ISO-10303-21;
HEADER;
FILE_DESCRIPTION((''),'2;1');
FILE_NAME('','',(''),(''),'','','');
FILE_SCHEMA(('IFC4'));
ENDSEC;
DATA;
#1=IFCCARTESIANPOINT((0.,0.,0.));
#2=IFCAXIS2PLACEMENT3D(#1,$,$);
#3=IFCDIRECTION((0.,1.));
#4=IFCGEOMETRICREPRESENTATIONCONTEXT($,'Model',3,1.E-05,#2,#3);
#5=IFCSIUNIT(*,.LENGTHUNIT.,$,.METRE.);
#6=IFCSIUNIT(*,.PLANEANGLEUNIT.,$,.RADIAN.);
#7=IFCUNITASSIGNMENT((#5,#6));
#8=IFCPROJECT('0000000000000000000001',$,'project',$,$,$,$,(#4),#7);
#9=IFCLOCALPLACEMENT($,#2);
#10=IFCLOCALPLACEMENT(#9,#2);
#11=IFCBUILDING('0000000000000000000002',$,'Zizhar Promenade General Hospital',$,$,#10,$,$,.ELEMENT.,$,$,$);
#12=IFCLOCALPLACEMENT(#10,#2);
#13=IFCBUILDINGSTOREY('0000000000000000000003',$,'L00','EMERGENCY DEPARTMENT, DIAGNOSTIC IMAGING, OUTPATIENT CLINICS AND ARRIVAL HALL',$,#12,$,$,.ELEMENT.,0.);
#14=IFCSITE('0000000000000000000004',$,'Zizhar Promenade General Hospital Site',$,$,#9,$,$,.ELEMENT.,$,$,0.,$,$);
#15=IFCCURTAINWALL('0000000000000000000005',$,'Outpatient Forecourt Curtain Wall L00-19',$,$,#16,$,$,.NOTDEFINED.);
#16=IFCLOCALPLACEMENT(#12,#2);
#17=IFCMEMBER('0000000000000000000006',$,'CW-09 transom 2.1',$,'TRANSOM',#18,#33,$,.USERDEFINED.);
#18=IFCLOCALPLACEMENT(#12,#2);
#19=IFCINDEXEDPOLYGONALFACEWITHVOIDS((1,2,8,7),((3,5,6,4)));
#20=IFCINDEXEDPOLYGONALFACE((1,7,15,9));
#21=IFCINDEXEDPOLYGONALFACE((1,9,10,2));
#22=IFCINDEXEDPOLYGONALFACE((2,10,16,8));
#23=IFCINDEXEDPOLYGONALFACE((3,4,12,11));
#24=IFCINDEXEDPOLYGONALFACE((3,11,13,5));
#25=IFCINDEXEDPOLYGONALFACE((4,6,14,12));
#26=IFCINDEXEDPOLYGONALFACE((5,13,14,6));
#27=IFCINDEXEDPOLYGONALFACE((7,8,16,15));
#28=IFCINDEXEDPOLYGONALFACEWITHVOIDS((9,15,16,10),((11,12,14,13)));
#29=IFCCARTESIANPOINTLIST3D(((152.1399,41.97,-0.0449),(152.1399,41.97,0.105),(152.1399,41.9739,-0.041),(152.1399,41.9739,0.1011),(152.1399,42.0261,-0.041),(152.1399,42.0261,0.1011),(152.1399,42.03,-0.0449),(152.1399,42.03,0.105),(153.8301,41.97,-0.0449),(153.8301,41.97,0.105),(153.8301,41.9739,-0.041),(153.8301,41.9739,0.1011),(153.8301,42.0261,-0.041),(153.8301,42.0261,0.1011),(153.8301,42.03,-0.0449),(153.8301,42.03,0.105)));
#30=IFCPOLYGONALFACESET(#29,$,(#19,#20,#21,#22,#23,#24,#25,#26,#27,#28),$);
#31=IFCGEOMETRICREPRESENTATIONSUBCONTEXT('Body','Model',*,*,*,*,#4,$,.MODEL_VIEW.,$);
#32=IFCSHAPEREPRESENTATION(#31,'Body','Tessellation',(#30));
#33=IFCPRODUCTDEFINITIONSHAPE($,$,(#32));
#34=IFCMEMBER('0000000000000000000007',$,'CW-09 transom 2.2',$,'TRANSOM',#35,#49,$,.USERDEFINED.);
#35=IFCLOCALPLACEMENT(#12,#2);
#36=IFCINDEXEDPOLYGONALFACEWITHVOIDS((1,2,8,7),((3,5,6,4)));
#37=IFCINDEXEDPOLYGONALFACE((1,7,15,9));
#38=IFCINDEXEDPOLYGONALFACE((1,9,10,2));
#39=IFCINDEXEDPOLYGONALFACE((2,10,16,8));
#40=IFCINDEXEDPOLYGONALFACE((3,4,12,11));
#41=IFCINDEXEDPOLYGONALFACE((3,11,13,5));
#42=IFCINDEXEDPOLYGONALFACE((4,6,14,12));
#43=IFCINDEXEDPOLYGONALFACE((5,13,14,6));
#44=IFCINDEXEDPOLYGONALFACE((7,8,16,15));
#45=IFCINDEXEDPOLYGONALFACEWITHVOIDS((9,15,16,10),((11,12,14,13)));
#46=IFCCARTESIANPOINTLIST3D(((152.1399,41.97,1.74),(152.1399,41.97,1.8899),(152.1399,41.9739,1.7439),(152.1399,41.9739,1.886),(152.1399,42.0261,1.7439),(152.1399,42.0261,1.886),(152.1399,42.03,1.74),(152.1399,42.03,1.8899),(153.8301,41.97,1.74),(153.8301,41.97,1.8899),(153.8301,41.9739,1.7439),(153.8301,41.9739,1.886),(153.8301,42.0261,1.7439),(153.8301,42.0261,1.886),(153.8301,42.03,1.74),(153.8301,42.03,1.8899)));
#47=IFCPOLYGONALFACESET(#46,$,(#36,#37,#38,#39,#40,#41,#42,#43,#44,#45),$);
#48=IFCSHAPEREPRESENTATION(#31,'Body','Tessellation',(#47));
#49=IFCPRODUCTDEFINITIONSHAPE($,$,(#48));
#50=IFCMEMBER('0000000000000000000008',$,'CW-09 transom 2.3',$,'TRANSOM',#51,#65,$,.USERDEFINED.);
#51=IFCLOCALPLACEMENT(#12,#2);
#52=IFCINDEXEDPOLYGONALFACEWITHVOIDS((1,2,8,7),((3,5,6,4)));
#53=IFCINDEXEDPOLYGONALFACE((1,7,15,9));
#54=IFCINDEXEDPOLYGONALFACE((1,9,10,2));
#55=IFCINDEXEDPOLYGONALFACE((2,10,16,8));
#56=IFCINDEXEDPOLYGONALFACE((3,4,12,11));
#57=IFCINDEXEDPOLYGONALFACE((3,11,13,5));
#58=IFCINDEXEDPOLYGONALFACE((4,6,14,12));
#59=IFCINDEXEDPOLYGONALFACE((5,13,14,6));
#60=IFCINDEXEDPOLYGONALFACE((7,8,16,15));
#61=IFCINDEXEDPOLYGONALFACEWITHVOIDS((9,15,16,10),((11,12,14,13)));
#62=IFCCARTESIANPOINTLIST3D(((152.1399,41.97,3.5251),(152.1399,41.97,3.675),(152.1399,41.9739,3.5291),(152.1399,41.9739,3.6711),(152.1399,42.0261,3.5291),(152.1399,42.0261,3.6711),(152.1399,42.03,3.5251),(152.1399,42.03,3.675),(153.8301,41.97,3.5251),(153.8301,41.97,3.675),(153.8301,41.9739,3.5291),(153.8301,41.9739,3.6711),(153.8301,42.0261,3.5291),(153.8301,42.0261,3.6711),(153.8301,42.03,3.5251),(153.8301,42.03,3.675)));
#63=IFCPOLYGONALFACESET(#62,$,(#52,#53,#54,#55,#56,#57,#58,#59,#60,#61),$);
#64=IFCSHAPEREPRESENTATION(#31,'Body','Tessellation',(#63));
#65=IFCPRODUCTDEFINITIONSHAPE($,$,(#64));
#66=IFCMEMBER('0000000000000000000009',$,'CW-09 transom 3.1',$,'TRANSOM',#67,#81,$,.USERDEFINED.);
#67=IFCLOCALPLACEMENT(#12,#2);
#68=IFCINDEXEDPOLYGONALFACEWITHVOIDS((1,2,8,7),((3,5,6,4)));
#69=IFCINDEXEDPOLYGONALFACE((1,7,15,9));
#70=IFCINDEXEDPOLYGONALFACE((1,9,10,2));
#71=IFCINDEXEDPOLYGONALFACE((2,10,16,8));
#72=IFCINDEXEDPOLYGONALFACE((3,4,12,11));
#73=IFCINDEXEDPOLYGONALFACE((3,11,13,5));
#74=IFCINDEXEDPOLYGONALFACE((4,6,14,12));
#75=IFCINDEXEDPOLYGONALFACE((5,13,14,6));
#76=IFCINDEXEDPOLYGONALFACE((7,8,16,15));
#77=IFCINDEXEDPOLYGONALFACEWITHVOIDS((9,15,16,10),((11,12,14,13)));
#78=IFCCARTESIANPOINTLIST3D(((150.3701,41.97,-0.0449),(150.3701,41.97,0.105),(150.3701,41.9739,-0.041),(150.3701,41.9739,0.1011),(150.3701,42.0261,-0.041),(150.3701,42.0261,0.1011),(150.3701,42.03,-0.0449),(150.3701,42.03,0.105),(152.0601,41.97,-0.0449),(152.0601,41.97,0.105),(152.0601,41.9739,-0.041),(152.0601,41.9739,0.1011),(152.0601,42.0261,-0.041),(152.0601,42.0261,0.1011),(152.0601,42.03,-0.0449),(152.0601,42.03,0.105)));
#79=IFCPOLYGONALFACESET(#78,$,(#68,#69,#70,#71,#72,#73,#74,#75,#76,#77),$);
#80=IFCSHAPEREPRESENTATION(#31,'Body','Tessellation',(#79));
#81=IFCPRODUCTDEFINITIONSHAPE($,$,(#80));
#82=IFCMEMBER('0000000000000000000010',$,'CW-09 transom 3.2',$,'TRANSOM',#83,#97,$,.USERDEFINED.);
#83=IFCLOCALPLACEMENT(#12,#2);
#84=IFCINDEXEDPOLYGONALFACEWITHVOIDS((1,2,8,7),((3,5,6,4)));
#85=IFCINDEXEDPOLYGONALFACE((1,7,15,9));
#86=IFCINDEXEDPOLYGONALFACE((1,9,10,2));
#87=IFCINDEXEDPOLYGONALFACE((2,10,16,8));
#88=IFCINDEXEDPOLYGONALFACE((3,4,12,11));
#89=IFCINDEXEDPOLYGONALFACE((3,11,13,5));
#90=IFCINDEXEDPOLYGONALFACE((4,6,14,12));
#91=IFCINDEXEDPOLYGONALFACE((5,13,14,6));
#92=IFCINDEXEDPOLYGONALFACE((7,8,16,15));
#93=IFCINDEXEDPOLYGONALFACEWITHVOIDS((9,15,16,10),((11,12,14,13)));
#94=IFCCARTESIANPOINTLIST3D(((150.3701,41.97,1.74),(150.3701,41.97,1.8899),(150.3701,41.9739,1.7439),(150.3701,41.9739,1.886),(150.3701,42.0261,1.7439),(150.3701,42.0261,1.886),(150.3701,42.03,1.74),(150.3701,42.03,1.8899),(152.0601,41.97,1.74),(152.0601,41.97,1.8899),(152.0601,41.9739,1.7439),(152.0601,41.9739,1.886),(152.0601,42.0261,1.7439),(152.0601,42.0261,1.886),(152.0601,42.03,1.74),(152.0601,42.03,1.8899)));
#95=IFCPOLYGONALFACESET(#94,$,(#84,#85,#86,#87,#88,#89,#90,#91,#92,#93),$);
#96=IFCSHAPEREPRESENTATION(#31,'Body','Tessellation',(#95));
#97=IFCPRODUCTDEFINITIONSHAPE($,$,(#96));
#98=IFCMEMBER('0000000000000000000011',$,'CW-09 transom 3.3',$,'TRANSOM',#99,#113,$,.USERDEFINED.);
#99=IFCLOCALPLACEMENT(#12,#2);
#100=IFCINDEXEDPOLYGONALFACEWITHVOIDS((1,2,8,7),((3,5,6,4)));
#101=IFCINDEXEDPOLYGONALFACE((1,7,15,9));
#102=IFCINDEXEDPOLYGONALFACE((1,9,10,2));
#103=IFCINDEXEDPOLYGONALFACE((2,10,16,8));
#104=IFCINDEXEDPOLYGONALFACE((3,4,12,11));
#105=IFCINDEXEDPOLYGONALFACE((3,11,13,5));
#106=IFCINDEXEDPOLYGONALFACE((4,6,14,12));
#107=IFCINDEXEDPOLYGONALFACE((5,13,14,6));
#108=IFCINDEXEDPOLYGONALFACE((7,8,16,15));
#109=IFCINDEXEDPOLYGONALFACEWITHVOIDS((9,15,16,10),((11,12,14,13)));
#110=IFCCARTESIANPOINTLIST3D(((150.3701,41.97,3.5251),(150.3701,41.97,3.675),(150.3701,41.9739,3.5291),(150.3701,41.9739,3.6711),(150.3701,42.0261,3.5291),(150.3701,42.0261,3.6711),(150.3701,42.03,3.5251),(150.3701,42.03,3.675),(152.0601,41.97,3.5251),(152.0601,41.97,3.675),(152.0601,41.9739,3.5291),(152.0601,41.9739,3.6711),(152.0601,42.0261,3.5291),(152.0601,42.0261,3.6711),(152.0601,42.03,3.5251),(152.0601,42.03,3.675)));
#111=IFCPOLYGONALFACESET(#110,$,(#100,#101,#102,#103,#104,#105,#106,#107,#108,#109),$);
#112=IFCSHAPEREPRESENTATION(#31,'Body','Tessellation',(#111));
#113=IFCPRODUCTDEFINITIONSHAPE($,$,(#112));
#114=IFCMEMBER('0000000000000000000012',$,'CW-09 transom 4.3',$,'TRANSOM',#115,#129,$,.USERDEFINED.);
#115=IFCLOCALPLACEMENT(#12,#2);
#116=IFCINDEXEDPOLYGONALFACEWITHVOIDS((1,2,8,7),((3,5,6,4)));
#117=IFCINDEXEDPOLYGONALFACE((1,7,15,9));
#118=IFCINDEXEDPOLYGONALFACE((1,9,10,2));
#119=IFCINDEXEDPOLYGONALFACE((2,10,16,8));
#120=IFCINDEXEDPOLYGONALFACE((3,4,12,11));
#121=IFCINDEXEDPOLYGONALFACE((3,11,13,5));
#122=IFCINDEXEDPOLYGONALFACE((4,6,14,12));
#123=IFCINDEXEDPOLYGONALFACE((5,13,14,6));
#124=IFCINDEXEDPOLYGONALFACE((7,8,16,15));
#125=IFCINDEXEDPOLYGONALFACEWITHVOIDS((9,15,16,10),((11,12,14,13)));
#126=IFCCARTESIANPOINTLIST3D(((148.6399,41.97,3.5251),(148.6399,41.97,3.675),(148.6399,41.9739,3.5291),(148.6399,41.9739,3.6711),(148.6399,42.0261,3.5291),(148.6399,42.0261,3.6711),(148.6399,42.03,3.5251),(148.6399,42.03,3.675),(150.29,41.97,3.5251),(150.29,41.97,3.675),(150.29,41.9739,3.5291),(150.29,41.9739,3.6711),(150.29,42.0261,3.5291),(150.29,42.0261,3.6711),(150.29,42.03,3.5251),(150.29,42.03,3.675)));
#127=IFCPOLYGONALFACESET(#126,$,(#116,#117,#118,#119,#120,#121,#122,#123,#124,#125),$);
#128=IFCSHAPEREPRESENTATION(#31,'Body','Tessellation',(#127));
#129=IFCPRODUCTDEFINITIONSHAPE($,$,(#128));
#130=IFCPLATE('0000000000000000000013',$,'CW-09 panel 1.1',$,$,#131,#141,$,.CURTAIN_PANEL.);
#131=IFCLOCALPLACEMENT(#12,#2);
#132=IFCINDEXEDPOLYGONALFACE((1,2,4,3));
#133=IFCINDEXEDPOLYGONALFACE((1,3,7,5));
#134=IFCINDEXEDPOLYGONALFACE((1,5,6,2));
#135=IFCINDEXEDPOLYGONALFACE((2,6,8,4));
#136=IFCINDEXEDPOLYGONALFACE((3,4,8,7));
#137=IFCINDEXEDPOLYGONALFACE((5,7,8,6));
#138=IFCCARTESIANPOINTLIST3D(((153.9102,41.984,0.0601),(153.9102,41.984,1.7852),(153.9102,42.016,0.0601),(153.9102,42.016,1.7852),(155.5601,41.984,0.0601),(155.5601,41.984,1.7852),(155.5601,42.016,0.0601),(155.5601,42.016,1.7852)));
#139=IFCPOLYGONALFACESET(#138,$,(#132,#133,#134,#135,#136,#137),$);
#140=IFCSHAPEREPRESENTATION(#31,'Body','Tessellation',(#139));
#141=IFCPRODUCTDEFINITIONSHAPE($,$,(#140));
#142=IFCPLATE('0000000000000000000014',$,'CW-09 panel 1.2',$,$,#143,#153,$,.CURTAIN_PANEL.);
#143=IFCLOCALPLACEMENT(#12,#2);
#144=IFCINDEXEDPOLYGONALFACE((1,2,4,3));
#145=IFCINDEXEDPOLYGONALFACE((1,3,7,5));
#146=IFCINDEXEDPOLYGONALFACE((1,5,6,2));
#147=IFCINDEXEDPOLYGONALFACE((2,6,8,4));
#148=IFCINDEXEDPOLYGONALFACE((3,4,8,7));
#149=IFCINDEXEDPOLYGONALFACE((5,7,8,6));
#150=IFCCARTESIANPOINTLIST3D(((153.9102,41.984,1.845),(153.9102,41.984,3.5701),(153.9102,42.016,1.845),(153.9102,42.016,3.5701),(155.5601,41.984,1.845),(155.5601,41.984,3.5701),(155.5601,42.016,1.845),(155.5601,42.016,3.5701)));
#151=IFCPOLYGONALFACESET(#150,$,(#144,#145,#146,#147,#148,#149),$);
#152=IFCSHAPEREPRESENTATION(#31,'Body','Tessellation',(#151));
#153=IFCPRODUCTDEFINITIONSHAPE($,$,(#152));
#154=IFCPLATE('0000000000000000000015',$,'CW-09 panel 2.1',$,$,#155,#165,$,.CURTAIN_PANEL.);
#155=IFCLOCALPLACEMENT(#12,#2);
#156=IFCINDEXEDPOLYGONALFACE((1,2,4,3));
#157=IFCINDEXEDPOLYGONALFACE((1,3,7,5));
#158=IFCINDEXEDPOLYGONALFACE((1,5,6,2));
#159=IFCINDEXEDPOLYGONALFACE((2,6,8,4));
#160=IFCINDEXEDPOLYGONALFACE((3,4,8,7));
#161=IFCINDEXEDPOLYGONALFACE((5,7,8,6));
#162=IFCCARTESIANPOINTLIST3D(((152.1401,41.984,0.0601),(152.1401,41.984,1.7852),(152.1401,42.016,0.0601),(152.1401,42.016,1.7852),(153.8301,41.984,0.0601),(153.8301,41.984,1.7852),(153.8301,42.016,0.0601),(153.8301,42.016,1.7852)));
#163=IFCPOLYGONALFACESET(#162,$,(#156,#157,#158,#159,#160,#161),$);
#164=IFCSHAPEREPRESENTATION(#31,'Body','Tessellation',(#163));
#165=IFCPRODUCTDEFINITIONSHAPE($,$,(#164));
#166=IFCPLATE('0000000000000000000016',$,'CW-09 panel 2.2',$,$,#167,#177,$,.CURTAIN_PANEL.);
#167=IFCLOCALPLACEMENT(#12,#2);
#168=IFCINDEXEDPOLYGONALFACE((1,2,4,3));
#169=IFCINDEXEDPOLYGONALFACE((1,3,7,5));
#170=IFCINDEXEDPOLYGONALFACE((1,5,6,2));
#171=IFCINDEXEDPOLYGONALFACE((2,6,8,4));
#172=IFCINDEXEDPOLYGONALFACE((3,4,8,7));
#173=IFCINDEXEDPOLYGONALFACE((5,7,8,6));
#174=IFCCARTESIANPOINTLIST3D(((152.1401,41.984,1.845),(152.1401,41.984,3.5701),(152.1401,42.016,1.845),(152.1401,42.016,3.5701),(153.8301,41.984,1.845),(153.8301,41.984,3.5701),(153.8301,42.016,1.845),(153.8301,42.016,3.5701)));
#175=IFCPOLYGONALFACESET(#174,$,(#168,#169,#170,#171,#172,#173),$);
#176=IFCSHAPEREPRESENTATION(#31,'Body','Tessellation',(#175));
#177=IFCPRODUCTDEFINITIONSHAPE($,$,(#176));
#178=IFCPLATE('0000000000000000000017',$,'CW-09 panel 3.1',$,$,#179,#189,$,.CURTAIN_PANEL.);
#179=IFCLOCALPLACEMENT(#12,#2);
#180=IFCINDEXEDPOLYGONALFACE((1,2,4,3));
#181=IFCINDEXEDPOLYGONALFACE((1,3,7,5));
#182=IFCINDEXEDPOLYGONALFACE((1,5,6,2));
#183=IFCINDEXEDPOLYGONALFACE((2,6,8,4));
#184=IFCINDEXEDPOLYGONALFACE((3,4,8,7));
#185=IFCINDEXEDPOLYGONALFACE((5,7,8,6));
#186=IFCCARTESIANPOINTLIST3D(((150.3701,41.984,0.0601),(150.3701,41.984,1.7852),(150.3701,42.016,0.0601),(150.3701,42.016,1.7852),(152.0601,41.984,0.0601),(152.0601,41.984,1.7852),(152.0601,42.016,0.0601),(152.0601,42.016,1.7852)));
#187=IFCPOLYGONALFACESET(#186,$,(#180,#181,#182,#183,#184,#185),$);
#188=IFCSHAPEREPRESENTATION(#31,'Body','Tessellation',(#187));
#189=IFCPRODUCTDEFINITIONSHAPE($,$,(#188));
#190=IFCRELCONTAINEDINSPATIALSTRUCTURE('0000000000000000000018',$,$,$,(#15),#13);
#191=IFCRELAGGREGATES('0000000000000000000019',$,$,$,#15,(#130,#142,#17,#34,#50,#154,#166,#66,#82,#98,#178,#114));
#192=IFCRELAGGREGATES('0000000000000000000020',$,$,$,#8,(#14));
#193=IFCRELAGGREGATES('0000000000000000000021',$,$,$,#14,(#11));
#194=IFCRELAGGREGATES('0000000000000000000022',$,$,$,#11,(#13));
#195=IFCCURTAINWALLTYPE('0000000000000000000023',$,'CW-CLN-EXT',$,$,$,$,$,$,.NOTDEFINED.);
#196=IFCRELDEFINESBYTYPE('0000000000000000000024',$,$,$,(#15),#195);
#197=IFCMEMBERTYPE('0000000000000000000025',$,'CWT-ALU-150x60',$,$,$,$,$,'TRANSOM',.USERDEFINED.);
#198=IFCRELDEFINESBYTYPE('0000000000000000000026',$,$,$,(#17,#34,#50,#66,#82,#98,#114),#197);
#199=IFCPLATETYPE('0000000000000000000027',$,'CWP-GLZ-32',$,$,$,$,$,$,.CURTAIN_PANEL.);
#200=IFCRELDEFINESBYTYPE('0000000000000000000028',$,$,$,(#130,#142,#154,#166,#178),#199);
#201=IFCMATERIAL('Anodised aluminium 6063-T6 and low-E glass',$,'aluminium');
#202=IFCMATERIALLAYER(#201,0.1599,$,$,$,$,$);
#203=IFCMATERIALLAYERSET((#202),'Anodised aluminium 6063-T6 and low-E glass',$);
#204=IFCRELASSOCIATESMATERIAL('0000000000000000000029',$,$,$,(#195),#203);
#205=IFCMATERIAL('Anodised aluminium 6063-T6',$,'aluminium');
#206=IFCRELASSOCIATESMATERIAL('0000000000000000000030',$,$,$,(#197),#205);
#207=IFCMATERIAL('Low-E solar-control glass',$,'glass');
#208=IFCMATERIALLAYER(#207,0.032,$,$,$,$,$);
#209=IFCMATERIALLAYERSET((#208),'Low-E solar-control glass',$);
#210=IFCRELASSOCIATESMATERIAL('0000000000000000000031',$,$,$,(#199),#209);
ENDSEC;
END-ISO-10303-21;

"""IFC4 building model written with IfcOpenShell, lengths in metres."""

from ifc_helpers import new_model, si_unit, direction, frame, origin, origin_2d, place, context, subcontext, project, spatial, rectangle, hollow_rectangle, extrude, material, layer, layer_set, material_profile, profile_set, type_object, element, aggregate, save


model = new_model("IFC4")

# Units and contexts
model_context = context("Model", 3, precision=1e-05, world=origin(), true_north=direction((0.0, 1.0)))
body_context = subcontext(model_context, "Body", "Model", "MODEL_VIEW")
ifc_project = project(units=[si_unit("LENGTHUNIT", "METRE"), si_unit("PLANEANGLEUNIT", "RADIAN")], contexts=[model_context])

# Site, building, storey
site_placement = place(None, origin())
site = spatial("IfcSite", under=ifc_project, at=site_placement, Name="Zizhar Promenade General Hospital Site", CompositionType="ELEMENT", RefElevation=0.0)
building_placement = place(site_placement, origin())
building = spatial("IfcBuilding", under=site, at=building_placement, Name="Zizhar Promenade General Hospital", CompositionType="ELEMENT")
storey_placement = place(building_placement, origin())
storey = spatial("IfcBuildingStorey", under=building, at=storey_placement, Name="L00", Description="EMERGENCY DEPARTMENT, DIAGNOSTIC IMAGING, OUTPATIENT CLINICS AND ARRIVAL HALL", CompositionType="ELEMENT", Elevation=0.0)

# Curtain wall, members, plates
ifc_material_1 = material(Name="Anodised aluminium 6063-T6 and low-E glass", Category="aluminium")
ifc_layer_1 = layer(ifc_material_1, 0.1599)
ifc_layer_set_1 = layer_set([ifc_layer_1], Name="Anodised aluminium 6063-T6 and low-E glass")
curtain_wall_type = type_object("IfcCurtainWallType", Name="CW-CLN-EXT", PredefinedType="NOTDEFINED", material=ifc_layer_set_1)
curtain_wall_placement = place(storey_placement, origin())
curtain_wall = element("IfcCurtainWall", 1, at=curtain_wall_placement, inside=storey, type_object=curtain_wall_type, Name="Outpatient Forecourt Curtain Wall L00-19", PredefinedType="NOTDEFINED")
ifc_material_2 = material(Name="Anodised aluminium 6063-T6", Category="aluminium")
ifc_material_profile_1 = material_profile(ifc_material_2, hollow_rectangle(XDim=0.0601, YDim=0.1499, WallThickness=0.0039, at=origin_2d()))
ifc_profile_set_1 = profile_set([ifc_material_profile_1], Name="Anodised aluminium 6063-T6")
member_type_1 = type_object("IfcMemberType", Name="CWT-ALU-150x60", ElementType="TRANSOM", PredefinedType="USERDEFINED", material=ifc_profile_set_1)
member_1_placement = place(storey_placement, frame((153.8301, 42.0, 0.03), z_axis=(-1.0, 0.0, 0.0), x_axis=(0.0, -1.0, 0.0)))
member_1 = element("IfcMember", 2, at=member_1_placement, type_object=member_type_1, Name="CW-09 transom 2.1", ObjectType="TRANSOM", PredefinedType="USERDEFINED", context=body_context, shape_type="SweptSolid", body=[
    extrude(hollow_rectangle(XDim=0.0601, YDim=0.1499, WallThickness=0.0039, at=origin_2d()), origin(), (0.0, 0.0, 1.0), 1.6902),
])
member_2_placement = place(storey_placement, frame((153.8301, 42.0, 1.8149), z_axis=(-1.0, 0.0, 0.0), x_axis=(0.0, -1.0, 0.0)))
member_2 = element("IfcMember", 3, at=member_2_placement, type_object=member_type_1, Name="CW-09 transom 2.2", ObjectType="TRANSOM", PredefinedType="USERDEFINED", context=body_context, shape_type="SweptSolid", body=[
    extrude(hollow_rectangle(XDim=0.0601, YDim=0.1499, WallThickness=0.0039, at=origin_2d()), origin(), (0.0, 0.0, 1.0), 1.6902),
])
member_3_placement = place(storey_placement, frame((153.8301, 42.0, 3.6001), z_axis=(-1.0, 0.0, 0.0), x_axis=(0.0, -1.0, 0.0)))
member_3 = element("IfcMember", 4, at=member_3_placement, type_object=member_type_1, Name="CW-09 transom 2.3", ObjectType="TRANSOM", PredefinedType="USERDEFINED", context=body_context, shape_type="SweptSolid", body=[
    extrude(hollow_rectangle(XDim=0.0601, YDim=0.1499, WallThickness=0.0039, at=origin_2d()), origin(), (0.0, 0.0, 1.0), 1.6902),
])
member_4_placement = place(storey_placement, frame((152.0601, 42.0, 0.03), z_axis=(-1.0, 0.0, 0.0), x_axis=(0.0, -1.0, 0.0)))
member_4 = element("IfcMember", 5, at=member_4_placement, type_object=member_type_1, Name="CW-09 transom 3.1", ObjectType="TRANSOM", PredefinedType="USERDEFINED", context=body_context, shape_type="SweptSolid", body=[
    extrude(hollow_rectangle(XDim=0.0601, YDim=0.1499, WallThickness=0.0039, at=origin_2d()), origin(), (0.0, 0.0, 1.0), 1.6899),
])
member_5_placement = place(storey_placement, frame((152.0601, 42.0, 1.8149), z_axis=(-1.0, 0.0, 0.0), x_axis=(0.0, -1.0, 0.0)))
member_5 = element("IfcMember", 6, at=member_5_placement, type_object=member_type_1, Name="CW-09 transom 3.2", ObjectType="TRANSOM", PredefinedType="USERDEFINED", context=body_context, shape_type="SweptSolid", body=[
    extrude(hollow_rectangle(XDim=0.0601, YDim=0.1499, WallThickness=0.0039, at=origin_2d()), origin(), (0.0, 0.0, 1.0), 1.6899),
])
member_6_placement = place(storey_placement, frame((152.0601, 42.0, 3.6001), z_axis=(-1.0, 0.0, 0.0), x_axis=(0.0, -1.0, 0.0)))
member_6 = element("IfcMember", 7, at=member_6_placement, type_object=member_type_1, Name="CW-09 transom 3.3", ObjectType="TRANSOM", PredefinedType="USERDEFINED", context=body_context, shape_type="SweptSolid", body=[
    extrude(hollow_rectangle(XDim=0.0601, YDim=0.1499, WallThickness=0.0039, at=origin_2d()), origin(), (0.0, 0.0, 1.0), 1.6899),
])
member_7_placement = place(storey_placement, frame((150.29, 42.0, 3.6001), z_axis=(-1.0, 0.0, 0.0), x_axis=(0.0, -1.0, 0.0)))
member_7 = element("IfcMember", 8, at=member_7_placement, type_object=member_type_1, Name="CW-09 transom 4.3", ObjectType="TRANSOM", PredefinedType="USERDEFINED", context=body_context, shape_type="SweptSolid", body=[
    extrude(hollow_rectangle(XDim=0.0601, YDim=0.1499, WallThickness=0.0039, at=origin_2d()), origin(), (0.0, 0.0, 1.0), 1.6501),
])
ifc_material_3 = material(Name="Low-E solar-control glass", Category="glass")
ifc_layer_2 = layer(ifc_material_3, 0.032)
ifc_layer_set_2 = layer_set([ifc_layer_2], Name="Low-E solar-control glass")
plate_type = type_object("IfcPlateType", Name="CWP-GLZ-32", PredefinedType="CURTAIN_PANEL", material=ifc_layer_set_2)
plate_1_placement = place(storey_placement, frame((154.7351, 42.0, 0.0601), z_axis=(0.0, 0.0, 1.0), x_axis=(-1.0, 0.0, 0.0)))
plate_1 = element("IfcPlate", 9, at=plate_1_placement, type_object=plate_type, Name="CW-09 panel 1.1", PredefinedType="CURTAIN_PANEL", context=body_context, shape_type="SweptSolid", body=[
    extrude(rectangle(XDim=1.6499, YDim=0.032, at=origin_2d()), origin(), (0.0, 0.0, 1.0), 1.7251),
])
plate_2_placement = place(storey_placement, frame((154.7351, 42.0, 1.845), z_axis=(0.0, 0.0, 1.0), x_axis=(-1.0, 0.0, 0.0)))
plate_2 = element("IfcPlate", 10, at=plate_2_placement, type_object=plate_type, Name="CW-09 panel 1.2", PredefinedType="CURTAIN_PANEL", context=body_context, shape_type="SweptSolid", body=[
    extrude(rectangle(XDim=1.6499, YDim=0.032, at=origin_2d()), origin(), (0.0, 0.0, 1.0), 1.7251),
])
plate_3_placement = place(storey_placement, frame((152.9851, 42.0, 0.0601), z_axis=(0.0, 0.0, 1.0), x_axis=(-1.0, 0.0, 0.0)))
plate_3 = element("IfcPlate", 11, at=plate_3_placement, type_object=plate_type, Name="CW-09 panel 2.1", PredefinedType="CURTAIN_PANEL", context=body_context, shape_type="SweptSolid", body=[
    extrude(rectangle(XDim=1.6899, YDim=0.032, at=origin_2d()), origin(), (0.0, 0.0, 1.0), 1.7251),
])
plate_4_placement = place(storey_placement, frame((152.9851, 42.0, 1.845), z_axis=(0.0, 0.0, 1.0), x_axis=(-1.0, 0.0, 0.0)))
plate_4 = element("IfcPlate", 12, at=plate_4_placement, type_object=plate_type, Name="CW-09 panel 2.2", PredefinedType="CURTAIN_PANEL", context=body_context, shape_type="SweptSolid", body=[
    extrude(rectangle(XDim=1.6899, YDim=0.032, at=origin_2d()), origin(), (0.0, 0.0, 1.0), 1.7251),
])
plate_5_placement = place(storey_placement, frame((151.2151, 42.0, 0.0601), z_axis=(0.0, 0.0, 1.0), x_axis=(-1.0, 0.0, 0.0)))
plate_5 = element("IfcPlate", 13, at=plate_5_placement, type_object=plate_type, Name="CW-09 panel 3.1", PredefinedType="CURTAIN_PANEL", context=body_context, shape_type="SweptSolid", body=[
    extrude(rectangle(XDim=1.6899, YDim=0.032, at=origin_2d()), origin(), (0.0, 0.0, 1.0), 1.7251),
])
aggregate(curtain_wall, [plate_1, plate_2, member_1, member_2, member_3, plate_3, plate_4, member_4, member_5, member_6, plate_5, member_7])

save(model, "model.ifc")
